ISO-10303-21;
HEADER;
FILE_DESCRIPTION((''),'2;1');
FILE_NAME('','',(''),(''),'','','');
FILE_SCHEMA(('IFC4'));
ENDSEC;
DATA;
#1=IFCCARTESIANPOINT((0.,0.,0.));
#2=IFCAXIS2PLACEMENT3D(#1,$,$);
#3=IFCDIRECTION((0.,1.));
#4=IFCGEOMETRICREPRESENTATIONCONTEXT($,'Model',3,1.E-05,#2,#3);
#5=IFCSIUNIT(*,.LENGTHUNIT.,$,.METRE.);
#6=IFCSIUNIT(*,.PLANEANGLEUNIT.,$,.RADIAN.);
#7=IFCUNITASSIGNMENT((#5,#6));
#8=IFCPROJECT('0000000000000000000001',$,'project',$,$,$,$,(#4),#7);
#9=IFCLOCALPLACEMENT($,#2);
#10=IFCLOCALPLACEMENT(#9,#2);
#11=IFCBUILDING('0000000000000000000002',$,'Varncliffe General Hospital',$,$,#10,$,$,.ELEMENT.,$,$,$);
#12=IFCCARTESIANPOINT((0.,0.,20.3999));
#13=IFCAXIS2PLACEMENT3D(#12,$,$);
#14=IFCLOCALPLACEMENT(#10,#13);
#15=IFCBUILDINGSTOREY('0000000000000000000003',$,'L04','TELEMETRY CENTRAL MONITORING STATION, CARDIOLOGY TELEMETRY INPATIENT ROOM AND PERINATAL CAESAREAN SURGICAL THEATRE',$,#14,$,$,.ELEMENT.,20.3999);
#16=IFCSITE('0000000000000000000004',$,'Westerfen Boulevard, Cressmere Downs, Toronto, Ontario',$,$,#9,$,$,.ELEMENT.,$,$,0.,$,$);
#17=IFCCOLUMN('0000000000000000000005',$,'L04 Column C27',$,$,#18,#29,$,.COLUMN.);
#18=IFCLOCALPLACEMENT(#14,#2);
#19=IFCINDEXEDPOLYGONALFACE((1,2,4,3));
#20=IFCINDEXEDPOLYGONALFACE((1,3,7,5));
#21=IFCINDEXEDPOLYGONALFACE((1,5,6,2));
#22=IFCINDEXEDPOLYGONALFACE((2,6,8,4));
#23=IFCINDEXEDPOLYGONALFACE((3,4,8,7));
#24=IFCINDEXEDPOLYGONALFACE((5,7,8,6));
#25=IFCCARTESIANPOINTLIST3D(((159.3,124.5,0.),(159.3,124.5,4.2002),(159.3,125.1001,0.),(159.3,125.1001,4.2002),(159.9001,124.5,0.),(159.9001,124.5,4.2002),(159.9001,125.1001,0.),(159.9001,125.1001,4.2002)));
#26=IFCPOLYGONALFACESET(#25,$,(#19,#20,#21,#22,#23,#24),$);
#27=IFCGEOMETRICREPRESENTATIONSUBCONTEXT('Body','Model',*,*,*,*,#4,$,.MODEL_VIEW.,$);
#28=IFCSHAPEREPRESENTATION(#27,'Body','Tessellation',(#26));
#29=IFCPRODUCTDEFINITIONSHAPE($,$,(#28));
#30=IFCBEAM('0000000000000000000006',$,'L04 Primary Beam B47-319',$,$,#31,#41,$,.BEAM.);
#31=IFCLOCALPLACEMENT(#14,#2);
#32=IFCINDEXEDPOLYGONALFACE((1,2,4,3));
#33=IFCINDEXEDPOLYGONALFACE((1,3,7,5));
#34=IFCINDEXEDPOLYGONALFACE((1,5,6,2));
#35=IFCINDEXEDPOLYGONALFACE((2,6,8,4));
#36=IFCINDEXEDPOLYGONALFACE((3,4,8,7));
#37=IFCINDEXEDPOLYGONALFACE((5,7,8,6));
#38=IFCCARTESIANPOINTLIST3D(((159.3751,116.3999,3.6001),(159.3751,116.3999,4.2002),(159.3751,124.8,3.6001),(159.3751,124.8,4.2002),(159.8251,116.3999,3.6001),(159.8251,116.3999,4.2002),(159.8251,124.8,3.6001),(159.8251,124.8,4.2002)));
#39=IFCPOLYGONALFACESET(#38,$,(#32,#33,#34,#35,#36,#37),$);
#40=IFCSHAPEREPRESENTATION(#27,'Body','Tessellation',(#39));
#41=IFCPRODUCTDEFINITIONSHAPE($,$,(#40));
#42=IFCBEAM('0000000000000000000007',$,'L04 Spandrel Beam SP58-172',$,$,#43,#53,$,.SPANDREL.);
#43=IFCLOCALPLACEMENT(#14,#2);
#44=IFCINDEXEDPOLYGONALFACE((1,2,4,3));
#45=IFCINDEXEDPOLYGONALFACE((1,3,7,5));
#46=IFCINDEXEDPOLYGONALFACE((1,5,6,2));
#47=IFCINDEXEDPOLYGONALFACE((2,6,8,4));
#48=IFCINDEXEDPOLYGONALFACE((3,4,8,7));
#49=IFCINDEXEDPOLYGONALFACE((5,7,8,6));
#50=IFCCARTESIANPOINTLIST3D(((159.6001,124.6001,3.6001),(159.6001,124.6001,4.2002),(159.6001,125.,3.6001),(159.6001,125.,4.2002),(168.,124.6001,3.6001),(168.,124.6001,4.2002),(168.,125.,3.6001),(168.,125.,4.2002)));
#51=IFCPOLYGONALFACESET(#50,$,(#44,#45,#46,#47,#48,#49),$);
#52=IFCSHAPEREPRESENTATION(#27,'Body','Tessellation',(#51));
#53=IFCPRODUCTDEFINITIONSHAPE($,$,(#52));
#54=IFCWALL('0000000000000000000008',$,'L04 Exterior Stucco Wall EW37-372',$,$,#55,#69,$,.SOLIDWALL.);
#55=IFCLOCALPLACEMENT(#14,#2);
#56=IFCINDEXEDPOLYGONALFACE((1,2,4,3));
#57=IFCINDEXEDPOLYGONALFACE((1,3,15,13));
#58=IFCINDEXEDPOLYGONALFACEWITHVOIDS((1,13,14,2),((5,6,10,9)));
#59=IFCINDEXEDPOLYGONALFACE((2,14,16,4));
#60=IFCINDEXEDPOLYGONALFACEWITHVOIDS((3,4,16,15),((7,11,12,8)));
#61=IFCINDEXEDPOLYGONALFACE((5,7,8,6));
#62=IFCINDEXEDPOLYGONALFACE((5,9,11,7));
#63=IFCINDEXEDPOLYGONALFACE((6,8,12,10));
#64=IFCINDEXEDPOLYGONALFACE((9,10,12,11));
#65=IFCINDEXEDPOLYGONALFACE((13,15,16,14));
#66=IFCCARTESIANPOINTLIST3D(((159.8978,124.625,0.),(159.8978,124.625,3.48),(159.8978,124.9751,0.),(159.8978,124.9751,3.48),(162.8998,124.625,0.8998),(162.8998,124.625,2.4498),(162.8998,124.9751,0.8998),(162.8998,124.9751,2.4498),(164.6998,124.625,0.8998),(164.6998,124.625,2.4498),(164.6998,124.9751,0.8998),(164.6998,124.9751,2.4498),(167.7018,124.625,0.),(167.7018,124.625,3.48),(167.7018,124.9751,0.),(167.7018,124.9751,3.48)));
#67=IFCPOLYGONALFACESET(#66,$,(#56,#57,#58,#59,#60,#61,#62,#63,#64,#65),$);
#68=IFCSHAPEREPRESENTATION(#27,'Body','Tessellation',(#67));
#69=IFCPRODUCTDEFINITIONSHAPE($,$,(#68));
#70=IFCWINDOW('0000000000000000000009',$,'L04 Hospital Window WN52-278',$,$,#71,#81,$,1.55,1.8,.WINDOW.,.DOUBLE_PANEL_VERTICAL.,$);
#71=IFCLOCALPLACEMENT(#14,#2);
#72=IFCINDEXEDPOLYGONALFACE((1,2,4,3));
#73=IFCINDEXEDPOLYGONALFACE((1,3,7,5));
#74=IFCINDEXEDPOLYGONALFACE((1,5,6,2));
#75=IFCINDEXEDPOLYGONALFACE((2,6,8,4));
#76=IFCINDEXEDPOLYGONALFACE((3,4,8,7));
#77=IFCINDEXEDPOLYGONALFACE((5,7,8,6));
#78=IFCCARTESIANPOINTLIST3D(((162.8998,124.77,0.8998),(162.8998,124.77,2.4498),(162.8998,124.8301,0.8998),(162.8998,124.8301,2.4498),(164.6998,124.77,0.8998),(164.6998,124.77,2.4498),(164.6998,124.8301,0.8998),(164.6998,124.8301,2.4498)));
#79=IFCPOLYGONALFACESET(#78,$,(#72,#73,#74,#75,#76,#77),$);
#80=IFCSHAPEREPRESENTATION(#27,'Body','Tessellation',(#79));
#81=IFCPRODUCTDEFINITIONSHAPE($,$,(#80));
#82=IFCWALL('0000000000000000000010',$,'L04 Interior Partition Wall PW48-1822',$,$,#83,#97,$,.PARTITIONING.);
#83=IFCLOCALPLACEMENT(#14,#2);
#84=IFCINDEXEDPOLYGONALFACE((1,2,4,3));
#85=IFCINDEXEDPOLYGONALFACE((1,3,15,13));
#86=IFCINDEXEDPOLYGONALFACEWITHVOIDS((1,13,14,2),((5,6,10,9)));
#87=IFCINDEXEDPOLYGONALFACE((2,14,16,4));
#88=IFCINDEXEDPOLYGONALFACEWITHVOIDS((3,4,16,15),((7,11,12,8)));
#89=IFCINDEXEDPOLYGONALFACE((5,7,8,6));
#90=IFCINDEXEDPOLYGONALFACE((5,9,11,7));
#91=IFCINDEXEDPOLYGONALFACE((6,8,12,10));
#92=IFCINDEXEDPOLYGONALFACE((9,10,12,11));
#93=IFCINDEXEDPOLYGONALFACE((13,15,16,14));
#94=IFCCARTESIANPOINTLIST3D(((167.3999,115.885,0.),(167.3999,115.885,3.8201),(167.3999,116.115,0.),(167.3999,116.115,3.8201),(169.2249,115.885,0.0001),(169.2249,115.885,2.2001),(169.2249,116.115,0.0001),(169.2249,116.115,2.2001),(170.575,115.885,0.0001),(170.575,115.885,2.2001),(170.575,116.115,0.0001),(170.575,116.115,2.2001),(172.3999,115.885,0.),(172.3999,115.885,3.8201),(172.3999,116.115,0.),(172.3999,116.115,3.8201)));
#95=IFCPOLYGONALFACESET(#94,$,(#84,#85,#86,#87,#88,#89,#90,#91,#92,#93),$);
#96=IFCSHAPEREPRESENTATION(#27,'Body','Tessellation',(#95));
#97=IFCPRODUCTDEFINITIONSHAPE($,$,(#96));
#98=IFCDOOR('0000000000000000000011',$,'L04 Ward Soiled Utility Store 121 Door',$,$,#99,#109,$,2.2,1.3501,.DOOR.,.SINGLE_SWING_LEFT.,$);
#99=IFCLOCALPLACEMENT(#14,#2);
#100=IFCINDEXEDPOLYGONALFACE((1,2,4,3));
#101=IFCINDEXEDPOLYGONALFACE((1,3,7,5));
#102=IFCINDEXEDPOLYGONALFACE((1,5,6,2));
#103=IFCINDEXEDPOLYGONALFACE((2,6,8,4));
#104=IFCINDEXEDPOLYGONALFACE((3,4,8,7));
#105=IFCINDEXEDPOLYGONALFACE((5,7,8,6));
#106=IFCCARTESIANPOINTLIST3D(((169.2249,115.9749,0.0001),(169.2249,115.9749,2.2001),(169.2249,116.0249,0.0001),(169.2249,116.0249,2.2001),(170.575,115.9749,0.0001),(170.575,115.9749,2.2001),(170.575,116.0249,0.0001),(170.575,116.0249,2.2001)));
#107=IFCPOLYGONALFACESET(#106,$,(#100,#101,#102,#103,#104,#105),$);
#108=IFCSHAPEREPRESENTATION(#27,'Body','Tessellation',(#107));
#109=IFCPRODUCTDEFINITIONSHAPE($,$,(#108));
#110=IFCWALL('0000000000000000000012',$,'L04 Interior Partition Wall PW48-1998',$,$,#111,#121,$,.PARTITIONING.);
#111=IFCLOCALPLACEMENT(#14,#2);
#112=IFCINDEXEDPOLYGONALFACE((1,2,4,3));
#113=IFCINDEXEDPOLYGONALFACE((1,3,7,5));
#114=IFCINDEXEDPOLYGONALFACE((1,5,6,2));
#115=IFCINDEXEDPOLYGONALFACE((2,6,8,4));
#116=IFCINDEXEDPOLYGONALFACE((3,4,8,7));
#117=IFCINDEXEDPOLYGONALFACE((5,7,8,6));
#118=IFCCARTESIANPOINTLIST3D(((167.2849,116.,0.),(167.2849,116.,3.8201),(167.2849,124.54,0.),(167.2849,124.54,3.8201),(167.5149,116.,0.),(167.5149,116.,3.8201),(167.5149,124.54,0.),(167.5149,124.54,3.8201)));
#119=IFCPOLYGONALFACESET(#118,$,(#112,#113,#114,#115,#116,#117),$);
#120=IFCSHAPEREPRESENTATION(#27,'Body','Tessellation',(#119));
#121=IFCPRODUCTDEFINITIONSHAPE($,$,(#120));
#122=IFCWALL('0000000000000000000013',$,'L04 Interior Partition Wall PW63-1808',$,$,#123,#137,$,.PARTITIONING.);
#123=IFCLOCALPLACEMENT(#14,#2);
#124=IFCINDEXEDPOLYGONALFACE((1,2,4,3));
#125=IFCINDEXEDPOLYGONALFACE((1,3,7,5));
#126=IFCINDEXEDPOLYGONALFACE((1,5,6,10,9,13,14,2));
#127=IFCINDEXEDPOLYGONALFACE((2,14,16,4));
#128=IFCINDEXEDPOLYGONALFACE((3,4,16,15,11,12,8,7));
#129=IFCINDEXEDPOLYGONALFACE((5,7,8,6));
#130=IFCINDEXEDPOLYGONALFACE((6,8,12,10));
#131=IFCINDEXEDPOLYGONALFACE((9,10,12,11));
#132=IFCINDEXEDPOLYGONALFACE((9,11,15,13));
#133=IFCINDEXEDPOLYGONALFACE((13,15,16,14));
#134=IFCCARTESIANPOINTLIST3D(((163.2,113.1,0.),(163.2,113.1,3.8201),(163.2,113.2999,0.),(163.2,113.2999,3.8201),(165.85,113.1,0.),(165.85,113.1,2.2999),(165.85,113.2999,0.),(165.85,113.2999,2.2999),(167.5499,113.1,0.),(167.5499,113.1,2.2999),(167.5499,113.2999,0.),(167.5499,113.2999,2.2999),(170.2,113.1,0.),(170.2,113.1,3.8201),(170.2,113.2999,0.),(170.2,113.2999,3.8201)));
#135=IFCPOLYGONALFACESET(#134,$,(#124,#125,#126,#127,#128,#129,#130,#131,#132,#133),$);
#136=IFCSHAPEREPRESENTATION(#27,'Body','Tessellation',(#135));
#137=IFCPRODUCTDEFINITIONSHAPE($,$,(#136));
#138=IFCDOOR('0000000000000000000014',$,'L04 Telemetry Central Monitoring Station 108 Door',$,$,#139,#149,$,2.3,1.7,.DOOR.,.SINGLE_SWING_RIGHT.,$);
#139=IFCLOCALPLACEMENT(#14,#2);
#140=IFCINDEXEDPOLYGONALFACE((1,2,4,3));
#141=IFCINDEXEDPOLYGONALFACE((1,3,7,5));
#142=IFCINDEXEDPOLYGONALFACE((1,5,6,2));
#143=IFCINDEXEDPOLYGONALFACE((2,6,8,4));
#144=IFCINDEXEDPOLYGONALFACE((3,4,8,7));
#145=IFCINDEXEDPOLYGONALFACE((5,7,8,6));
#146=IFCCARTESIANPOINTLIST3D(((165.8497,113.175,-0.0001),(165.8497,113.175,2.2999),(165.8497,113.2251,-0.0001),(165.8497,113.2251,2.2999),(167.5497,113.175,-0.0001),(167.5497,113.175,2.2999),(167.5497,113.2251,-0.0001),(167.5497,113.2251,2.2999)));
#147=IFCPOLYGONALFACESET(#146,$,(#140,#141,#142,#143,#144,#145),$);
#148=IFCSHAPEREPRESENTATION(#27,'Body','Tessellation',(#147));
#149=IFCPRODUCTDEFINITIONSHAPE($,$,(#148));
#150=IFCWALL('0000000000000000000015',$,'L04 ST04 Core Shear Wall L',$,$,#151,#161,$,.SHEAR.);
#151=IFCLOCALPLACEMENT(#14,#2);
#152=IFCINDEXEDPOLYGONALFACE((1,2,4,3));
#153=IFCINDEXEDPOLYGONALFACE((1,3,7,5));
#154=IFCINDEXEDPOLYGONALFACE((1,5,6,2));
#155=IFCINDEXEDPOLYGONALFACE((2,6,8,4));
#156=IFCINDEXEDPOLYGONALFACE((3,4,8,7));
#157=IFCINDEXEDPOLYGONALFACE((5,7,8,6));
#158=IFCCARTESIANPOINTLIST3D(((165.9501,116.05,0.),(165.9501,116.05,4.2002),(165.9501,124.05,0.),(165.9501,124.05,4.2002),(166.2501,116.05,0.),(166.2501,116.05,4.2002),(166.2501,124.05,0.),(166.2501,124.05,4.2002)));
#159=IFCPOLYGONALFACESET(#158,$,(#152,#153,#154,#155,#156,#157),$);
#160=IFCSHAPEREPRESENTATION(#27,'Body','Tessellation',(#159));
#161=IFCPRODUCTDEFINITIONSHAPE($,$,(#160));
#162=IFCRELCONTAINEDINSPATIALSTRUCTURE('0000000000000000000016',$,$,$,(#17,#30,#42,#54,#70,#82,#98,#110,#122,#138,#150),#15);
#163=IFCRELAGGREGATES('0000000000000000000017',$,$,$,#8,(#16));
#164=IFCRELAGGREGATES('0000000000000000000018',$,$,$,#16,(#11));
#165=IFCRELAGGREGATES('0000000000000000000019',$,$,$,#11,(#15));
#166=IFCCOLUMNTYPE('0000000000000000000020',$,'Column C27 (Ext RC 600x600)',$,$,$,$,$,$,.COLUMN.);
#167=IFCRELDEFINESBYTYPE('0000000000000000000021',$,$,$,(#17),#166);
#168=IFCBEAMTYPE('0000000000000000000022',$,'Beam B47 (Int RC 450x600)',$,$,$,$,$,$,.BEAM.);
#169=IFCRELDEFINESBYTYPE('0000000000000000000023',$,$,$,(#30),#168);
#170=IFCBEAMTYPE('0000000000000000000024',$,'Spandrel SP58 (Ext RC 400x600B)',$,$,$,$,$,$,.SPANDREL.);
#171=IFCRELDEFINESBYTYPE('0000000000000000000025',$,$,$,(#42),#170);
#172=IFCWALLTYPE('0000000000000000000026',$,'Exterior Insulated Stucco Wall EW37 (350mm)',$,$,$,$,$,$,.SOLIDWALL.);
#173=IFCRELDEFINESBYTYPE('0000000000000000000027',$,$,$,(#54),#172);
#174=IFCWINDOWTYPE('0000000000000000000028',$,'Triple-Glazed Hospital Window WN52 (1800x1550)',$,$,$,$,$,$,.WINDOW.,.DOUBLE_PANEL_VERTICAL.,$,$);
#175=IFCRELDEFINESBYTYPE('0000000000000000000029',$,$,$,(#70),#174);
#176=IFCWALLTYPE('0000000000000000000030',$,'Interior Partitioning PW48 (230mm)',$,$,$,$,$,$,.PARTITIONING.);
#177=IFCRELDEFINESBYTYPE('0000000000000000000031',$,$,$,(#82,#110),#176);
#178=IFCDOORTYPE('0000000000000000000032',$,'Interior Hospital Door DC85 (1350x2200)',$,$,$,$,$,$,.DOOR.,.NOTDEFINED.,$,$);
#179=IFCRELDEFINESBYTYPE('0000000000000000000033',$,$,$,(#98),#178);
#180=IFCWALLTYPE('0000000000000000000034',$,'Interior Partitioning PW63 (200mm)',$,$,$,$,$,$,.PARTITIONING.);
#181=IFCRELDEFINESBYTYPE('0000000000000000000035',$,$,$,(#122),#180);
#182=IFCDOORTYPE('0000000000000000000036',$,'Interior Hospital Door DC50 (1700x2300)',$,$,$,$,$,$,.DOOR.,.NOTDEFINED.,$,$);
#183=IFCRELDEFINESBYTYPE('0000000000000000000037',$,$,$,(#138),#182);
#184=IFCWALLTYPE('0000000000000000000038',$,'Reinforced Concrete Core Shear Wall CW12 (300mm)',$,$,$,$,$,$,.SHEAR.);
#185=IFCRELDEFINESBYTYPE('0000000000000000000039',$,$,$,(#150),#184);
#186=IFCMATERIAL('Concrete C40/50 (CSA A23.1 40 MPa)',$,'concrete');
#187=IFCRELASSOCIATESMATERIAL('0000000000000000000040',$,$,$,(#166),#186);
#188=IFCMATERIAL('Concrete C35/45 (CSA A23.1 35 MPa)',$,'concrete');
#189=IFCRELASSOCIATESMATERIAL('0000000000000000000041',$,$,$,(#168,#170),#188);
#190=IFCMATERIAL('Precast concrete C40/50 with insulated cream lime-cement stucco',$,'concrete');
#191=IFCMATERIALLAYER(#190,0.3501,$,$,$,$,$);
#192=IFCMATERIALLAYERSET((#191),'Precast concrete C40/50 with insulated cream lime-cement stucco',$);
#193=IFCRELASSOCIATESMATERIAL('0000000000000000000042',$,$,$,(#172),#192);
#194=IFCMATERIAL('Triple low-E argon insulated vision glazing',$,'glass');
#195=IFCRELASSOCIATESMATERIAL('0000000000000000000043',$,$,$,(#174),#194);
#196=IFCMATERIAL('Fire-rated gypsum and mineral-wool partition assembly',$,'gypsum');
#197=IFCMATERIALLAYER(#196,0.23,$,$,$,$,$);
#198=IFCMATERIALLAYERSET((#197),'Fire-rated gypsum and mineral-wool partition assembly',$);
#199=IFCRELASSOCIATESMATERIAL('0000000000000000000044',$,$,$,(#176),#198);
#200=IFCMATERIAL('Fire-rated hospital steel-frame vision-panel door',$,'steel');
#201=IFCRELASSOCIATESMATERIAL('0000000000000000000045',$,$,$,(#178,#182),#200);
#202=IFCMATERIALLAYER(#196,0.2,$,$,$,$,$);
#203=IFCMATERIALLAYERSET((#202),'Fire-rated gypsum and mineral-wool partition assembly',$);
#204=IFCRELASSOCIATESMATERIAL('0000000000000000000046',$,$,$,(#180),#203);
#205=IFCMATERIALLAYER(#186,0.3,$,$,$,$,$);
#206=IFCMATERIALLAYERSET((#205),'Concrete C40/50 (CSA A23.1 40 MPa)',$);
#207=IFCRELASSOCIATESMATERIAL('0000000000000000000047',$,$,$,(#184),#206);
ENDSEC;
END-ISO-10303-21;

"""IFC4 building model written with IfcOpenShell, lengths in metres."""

from ifc_helpers import new_model, si_unit, direction, frame, frame_2d, origin, origin_2d, place, context, subcontext, project, spatial, rectangle, extrude, material, layer, layer_set, material_profile, profile_set, type_object, element, fill, save


model = new_model("IFC4")

# Units and contexts
model_context = context("Model", 3, precision=1e-05, world=origin(), true_north=direction((0.0, 1.0)))
body_context = subcontext(model_context, "Body", "Model", "MODEL_VIEW")
ifc_project = project(units=[si_unit("LENGTHUNIT", "METRE"), si_unit("PLANEANGLEUNIT", "RADIAN")], contexts=[model_context])

# Site, building, storey
site_placement = place(None, origin())
site = spatial("IfcSite", under=ifc_project, at=site_placement, Name="Westerfen Boulevard, Cressmere Downs, Toronto, Ontario", CompositionType="ELEMENT", RefElevation=0.0)
building_placement = place(site_placement, origin())
building = spatial("IfcBuilding", under=site, at=building_placement, Name="Varncliffe General Hospital", CompositionType="ELEMENT")
storey_placement = place(building_placement, frame((0.0, 0.0, 20.3999)))
storey = spatial("IfcBuildingStorey", under=building, at=storey_placement, Name="L04", Description="TELEMETRY CENTRAL MONITORING STATION, CARDIOLOGY TELEMETRY INPATIENT ROOM AND PERINATAL CAESAREAN SURGICAL THEATRE", CompositionType="ELEMENT", Elevation=20.3999)

# Column
ifc_material_1 = material(Name="Concrete C40/50 (CSA A23.1 40 MPa)", Category="concrete")
ifc_material_profile_1 = material_profile(ifc_material_1, rectangle(XDim=0.6001, YDim=0.6001, at=origin_2d()), Name="RC 600x600")
ifc_profile_set_1 = profile_set([ifc_material_profile_1], Name="Concrete C40/50 (CSA A23.1 40 MPa)")
column_type = type_object("IfcColumnType", Name="Column C27 (Ext RC 600x600)", PredefinedType="COLUMN", material=ifc_profile_set_1)
column_placement = place(storey_placement, frame((159.6001, 124.8, 0.0), z_axis=(0.0, 0.0, 1.0), x_axis=(1.0, 0.0, 0.0)))
element("IfcColumn", 1, at=column_placement, inside=storey, type_object=column_type, Name="L04 Column C27", PredefinedType="COLUMN", context=body_context, shape_type="SweptSolid", body=[
    extrude(rectangle(XDim=0.6001, YDim=0.6001, at=origin_2d()), origin(), (0.0, 0.0, 1.0), 4.2002),
])

# Beams
ifc_material_2 = material(Name="Concrete C35/45 (CSA A23.1 35 MPa)", Category="concrete")
ifc_material_profile_2 = material_profile(ifc_material_2, rectangle(XDim=0.45, YDim=0.6001, at=origin_2d()), Name="RC 450x600")
ifc_profile_set_2 = profile_set([ifc_material_profile_2], Name="Concrete C35/45 (CSA A23.1 35 MPa)")
beam_type_1 = type_object("IfcBeamType", Name="Beam B47 (Int RC 450x600)", PredefinedType="BEAM", material=ifc_profile_set_2)
beam_1_placement = place(storey_placement, frame((159.6001, 116.3999, 3.9001), z_axis=(0.0, 1.0, 0.0), x_axis=(-1.0, 0.0, 0.0)))
element("IfcBeam", 2, at=beam_1_placement, inside=storey, type_object=beam_type_1, Name="L04 Primary Beam B47-319", PredefinedType="BEAM", context=body_context, shape_type="SweptSolid", body=[
    extrude(rectangle(XDim=0.45, YDim=0.6001, at=origin_2d()), origin(), (0.0, 0.0, 1.0), 8.4001),
])
ifc_material_profile_3 = material_profile(ifc_material_2, rectangle(XDim=0.3999, YDim=0.6001, at=origin_2d()), Name="RC 400x600")
ifc_profile_set_3 = profile_set([ifc_material_profile_3], Name="Concrete C35/45 (CSA A23.1 35 MPa)")
beam_type_2 = type_object("IfcBeamType", Name="Spandrel SP58 (Ext RC 400x600B)", PredefinedType="SPANDREL", material=ifc_profile_set_3)
beam_2_placement = place(storey_placement, frame((159.6001, 124.8, 3.9001), z_axis=(1.0, 0.0, 0.0), x_axis=(0.0, 1.0, 0.0)))
element("IfcBeam", 3, at=beam_2_placement, inside=storey, type_object=beam_type_2, Name="L04 Spandrel Beam SP58-172", PredefinedType="SPANDREL", context=body_context, shape_type="SweptSolid", body=[
    extrude(rectangle(XDim=0.3999, YDim=0.6001, at=origin_2d()), origin(), (0.0, 0.0, 1.0), 8.3999),
])

# Wall, opening, window
ifc_material_3 = material(Name="Precast concrete C40/50 with insulated cream lime-cement stucco", Category="concrete")
ifc_layer_1 = layer(ifc_material_3, 0.3501)
ifc_layer_set_1 = layer_set([ifc_layer_1], Name="Precast concrete C40/50 with insulated cream lime-cement stucco")
wall_type_1 = type_object("IfcWallType", Name="Exterior Insulated Stucco Wall EW37 (350mm)", PredefinedType="SOLIDWALL", material=ifc_layer_set_1)
wall_1_placement = place(storey_placement, frame((159.8979, 124.8, 0.0), z_axis=(0.0, 0.0, 1.0), x_axis=(1.0, 0.0, 0.0)))
wall_1 = element("IfcWall", 4, at=wall_1_placement, inside=storey, type_object=wall_type_1, Name="L04 Exterior Stucco Wall EW37-372", PredefinedType="SOLIDWALL", context=body_context, shape_type="SweptSolid", body=[
    extrude(rectangle(XDim=7.804, YDim=0.3501, at=frame_2d((3.9019, 0.0))), origin(), (0.0, 0.0, 1.0), 3.48),
])
opening_1_placement = place(wall_1_placement, frame((3.002, 0.0, 0.8999)))
opening_1 = element("IfcOpeningElement", 5, at=opening_1_placement, cuts=wall_1, PredefinedType="OPENING", context=body_context, shape_type="SweptSolid", body=[
    extrude(rectangle(XDim=1.8, YDim=1.55, at=frame_2d((0.8999, 0.7749))), frame((0.0, 0.1851, 0.0), z_axis=(0.0, -1.0, 0.0), x_axis=(1.0, 0.0, 0.0)), (0.0, 0.0, 1.0), 0.3701),
])
ifc_material_4 = material(Name="Triple low-E argon insulated vision glazing", Category="glass")
window_type = type_object("IfcWindowType", Name="Triple-Glazed Hospital Window WN52 (1800x1550)", PartitioningType="DOUBLE_PANEL_VERTICAL", PredefinedType="WINDOW", material=ifc_material_4)
window_placement = place(opening_1_placement, origin())
window = element("IfcWindow", 6, at=window_placement, inside=storey, type_object=window_type, Name="L04 Hospital Window WN52-278", OverallHeight=1.55, OverallWidth=1.8, PartitioningType="DOUBLE_PANEL_VERTICAL", PredefinedType="WINDOW", context=body_context, shape_type="SweptSolid", body=[
    extrude(rectangle(XDim=1.8, YDim=1.55, at=frame_2d((0.8999, 0.7749))), frame((0.0, 0.03, 0.0), z_axis=(0.0, -1.0, 0.0), x_axis=(1.0, 0.0, 0.0)), (0.0, 0.0, 1.0), 0.0601),
])
fill(opening_1, window)

# Wall, opening, door
ifc_material_5 = material(Name="Fire-rated gypsum and mineral-wool partition assembly", Category="gypsum")
ifc_layer_2 = layer(ifc_material_5, 0.23)
ifc_layer_set_2 = layer_set([ifc_layer_2], Name="Fire-rated gypsum and mineral-wool partition assembly")
wall_type_2 = type_object("IfcWallType", Name="Interior Partitioning PW48 (230mm)", PredefinedType="PARTITIONING", material=ifc_layer_set_2)
wall_2_placement = place(storey_placement, frame((167.3999, 116.0, 0.0), z_axis=(0.0, 0.0, 1.0), x_axis=(1.0, 0.0, 0.0)))
wall_2 = element("IfcWall", 7, at=wall_2_placement, inside=storey, type_object=wall_type_2, Name="L04 Interior Partition Wall PW48-1822", PredefinedType="PARTITIONING", context=body_context, shape_type="SweptSolid", body=[
    extrude(rectangle(XDim=5.0, YDim=0.23, at=frame_2d((2.5, 0.0))), origin(), (0.0, 0.0, 1.0), 3.8201),
])
opening_2_placement = place(wall_2_placement, frame((1.825, 0.0, 0.0)))
opening_2 = element("IfcOpeningElement", 8, at=opening_2_placement, cuts=wall_2, PredefinedType="OPENING", context=body_context, shape_type="SweptSolid", body=[
    extrude(rectangle(XDim=1.3501, YDim=2.2, at=frame_2d((0.675, 1.1001))), frame((0.0, 0.125, 0.0), z_axis=(0.0, -1.0, 0.0), x_axis=(1.0, 0.0, 0.0)), (0.0, 0.0, 1.0), 0.25),
])
ifc_material_6 = material(Name="Fire-rated hospital steel-frame vision-panel door", Category="steel")
door_type_1 = type_object("IfcDoorType", Name="Interior Hospital Door DC85 (1350x2200)", OperationType="NOTDEFINED", PredefinedType="DOOR", material=ifc_material_6)
door_1_placement = place(opening_2_placement, origin())
door_1 = element("IfcDoor", 9, at=door_1_placement, inside=storey, type_object=door_type_1, Name="L04 Ward Soiled Utility Store 121 Door", OperationType="SINGLE_SWING_LEFT", OverallHeight=2.2, OverallWidth=1.3501, PredefinedType="DOOR", context=body_context, shape_type="SweptSolid", body=[
    extrude(rectangle(XDim=1.3501, YDim=2.2, at=frame_2d((0.675, 1.1001))), frame((0.0, 0.0249, 0.0), z_axis=(0.0, -1.0, 0.0), x_axis=(1.0, 0.0, 0.0)), (0.0, 0.0, 1.0), 0.05),
])
fill(opening_2, door_1)

# Wall
wall_3_placement = place(storey_placement, frame((167.3999, 116.0, 0.0), z_axis=(0.0, 0.0, 1.0), x_axis=(0.0, 1.0, 0.0)))
element("IfcWall", 10, at=wall_3_placement, inside=storey, type_object=wall_type_2, Name="L04 Interior Partition Wall PW48-1998", PredefinedType="PARTITIONING", context=body_context, shape_type="SweptSolid", body=[
    extrude(rectangle(XDim=8.54, YDim=0.23, at=frame_2d((4.27, 0.0))), origin(), (0.0, 0.0, 1.0), 3.8201),
])

# Wall, opening, door
ifc_layer_3 = layer(ifc_material_5, 0.2)
ifc_layer_set_3 = layer_set([ifc_layer_3], Name="Fire-rated gypsum and mineral-wool partition assembly")
wall_type_3 = type_object("IfcWallType", Name="Interior Partitioning PW63 (200mm)", PredefinedType="PARTITIONING", material=ifc_layer_set_3)
wall_4_placement = place(storey_placement, frame((163.2, 113.2, 0.0), z_axis=(0.0, 0.0, 1.0), x_axis=(1.0, 0.0, 0.0)))
wall_4 = element("IfcWall", 11, at=wall_4_placement, inside=storey, type_object=wall_type_3, Name="L04 Interior Partition Wall PW63-1808", PredefinedType="PARTITIONING", context=body_context, shape_type="SweptSolid", body=[
    extrude(rectangle(XDim=7.0, YDim=0.2, at=frame_2d((3.5, 0.0))), origin(), (0.0, 0.0, 1.0), 3.8201),
])
opening_3_placement = place(wall_4_placement, frame((2.6499, 0.0, 0.0)))
opening_3 = element("IfcOpeningElement", 12, at=opening_3_placement, cuts=wall_4, PredefinedType="OPENING", context=body_context, shape_type="SweptSolid", body=[
    extrude(rectangle(XDim=1.7, YDim=2.3, at=frame_2d((0.8501, 1.1499))), frame((0.0, 0.1099, 0.0), z_axis=(0.0, -1.0, 0.0), x_axis=(1.0, 0.0, 0.0)), (0.0, 0.0, 1.0), 0.22),
])
door_type_2 = type_object("IfcDoorType", Name="Interior Hospital Door DC50 (1700x2300)", OperationType="NOTDEFINED", PredefinedType="DOOR", material=ifc_material_6)
door_2_placement = place(opening_3_placement, frame((1.7, 0.0, 0.0), z_axis=(0.0, 0.0, 1.0), x_axis=(-1.0, 0.0, 0.0)))
door_2 = element("IfcDoor", 13, at=door_2_placement, inside=storey, type_object=door_type_2, Name="L04 Telemetry Central Monitoring Station 108 Door", OperationType="SINGLE_SWING_RIGHT", OverallHeight=2.3, OverallWidth=1.7, PredefinedType="DOOR", context=body_context, shape_type="SweptSolid", body=[
    extrude(rectangle(XDim=1.7, YDim=2.3, at=frame_2d((0.8501, 1.1499))), frame((0.0, 0.0249, 0.0), z_axis=(0.0, -1.0, 0.0), x_axis=(1.0, 0.0, 0.0)), (0.0, 0.0, 1.0), 0.05),
])
fill(opening_3, door_2)

# Wall
ifc_layer_4 = layer(ifc_material_1, 0.3)
ifc_layer_set_4 = layer_set([ifc_layer_4], Name="Concrete C40/50 (CSA A23.1 40 MPa)")
wall_type_4 = type_object("IfcWallType", Name="Reinforced Concrete Core Shear Wall CW12 (300mm)", PredefinedType="SHEAR", material=ifc_layer_set_4)
wall_5_placement = place(storey_placement, frame((166.1001, 116.05, 0.0), z_axis=(0.0, 0.0, 1.0), x_axis=(0.0, 1.0, 0.0)))
element("IfcWall", 14, at=wall_5_placement, inside=storey, type_object=wall_type_4, Name="L04 ST04 Core Shear Wall L", PredefinedType="SHEAR", context=body_context, shape_type="SweptSolid", body=[
    extrude(rectangle(XDim=8.0, YDim=0.3, at=frame_2d((4.0, 0.0))), origin(), (0.0, 0.0, 1.0), 4.2002),
])

save(model, "model.ifc")
